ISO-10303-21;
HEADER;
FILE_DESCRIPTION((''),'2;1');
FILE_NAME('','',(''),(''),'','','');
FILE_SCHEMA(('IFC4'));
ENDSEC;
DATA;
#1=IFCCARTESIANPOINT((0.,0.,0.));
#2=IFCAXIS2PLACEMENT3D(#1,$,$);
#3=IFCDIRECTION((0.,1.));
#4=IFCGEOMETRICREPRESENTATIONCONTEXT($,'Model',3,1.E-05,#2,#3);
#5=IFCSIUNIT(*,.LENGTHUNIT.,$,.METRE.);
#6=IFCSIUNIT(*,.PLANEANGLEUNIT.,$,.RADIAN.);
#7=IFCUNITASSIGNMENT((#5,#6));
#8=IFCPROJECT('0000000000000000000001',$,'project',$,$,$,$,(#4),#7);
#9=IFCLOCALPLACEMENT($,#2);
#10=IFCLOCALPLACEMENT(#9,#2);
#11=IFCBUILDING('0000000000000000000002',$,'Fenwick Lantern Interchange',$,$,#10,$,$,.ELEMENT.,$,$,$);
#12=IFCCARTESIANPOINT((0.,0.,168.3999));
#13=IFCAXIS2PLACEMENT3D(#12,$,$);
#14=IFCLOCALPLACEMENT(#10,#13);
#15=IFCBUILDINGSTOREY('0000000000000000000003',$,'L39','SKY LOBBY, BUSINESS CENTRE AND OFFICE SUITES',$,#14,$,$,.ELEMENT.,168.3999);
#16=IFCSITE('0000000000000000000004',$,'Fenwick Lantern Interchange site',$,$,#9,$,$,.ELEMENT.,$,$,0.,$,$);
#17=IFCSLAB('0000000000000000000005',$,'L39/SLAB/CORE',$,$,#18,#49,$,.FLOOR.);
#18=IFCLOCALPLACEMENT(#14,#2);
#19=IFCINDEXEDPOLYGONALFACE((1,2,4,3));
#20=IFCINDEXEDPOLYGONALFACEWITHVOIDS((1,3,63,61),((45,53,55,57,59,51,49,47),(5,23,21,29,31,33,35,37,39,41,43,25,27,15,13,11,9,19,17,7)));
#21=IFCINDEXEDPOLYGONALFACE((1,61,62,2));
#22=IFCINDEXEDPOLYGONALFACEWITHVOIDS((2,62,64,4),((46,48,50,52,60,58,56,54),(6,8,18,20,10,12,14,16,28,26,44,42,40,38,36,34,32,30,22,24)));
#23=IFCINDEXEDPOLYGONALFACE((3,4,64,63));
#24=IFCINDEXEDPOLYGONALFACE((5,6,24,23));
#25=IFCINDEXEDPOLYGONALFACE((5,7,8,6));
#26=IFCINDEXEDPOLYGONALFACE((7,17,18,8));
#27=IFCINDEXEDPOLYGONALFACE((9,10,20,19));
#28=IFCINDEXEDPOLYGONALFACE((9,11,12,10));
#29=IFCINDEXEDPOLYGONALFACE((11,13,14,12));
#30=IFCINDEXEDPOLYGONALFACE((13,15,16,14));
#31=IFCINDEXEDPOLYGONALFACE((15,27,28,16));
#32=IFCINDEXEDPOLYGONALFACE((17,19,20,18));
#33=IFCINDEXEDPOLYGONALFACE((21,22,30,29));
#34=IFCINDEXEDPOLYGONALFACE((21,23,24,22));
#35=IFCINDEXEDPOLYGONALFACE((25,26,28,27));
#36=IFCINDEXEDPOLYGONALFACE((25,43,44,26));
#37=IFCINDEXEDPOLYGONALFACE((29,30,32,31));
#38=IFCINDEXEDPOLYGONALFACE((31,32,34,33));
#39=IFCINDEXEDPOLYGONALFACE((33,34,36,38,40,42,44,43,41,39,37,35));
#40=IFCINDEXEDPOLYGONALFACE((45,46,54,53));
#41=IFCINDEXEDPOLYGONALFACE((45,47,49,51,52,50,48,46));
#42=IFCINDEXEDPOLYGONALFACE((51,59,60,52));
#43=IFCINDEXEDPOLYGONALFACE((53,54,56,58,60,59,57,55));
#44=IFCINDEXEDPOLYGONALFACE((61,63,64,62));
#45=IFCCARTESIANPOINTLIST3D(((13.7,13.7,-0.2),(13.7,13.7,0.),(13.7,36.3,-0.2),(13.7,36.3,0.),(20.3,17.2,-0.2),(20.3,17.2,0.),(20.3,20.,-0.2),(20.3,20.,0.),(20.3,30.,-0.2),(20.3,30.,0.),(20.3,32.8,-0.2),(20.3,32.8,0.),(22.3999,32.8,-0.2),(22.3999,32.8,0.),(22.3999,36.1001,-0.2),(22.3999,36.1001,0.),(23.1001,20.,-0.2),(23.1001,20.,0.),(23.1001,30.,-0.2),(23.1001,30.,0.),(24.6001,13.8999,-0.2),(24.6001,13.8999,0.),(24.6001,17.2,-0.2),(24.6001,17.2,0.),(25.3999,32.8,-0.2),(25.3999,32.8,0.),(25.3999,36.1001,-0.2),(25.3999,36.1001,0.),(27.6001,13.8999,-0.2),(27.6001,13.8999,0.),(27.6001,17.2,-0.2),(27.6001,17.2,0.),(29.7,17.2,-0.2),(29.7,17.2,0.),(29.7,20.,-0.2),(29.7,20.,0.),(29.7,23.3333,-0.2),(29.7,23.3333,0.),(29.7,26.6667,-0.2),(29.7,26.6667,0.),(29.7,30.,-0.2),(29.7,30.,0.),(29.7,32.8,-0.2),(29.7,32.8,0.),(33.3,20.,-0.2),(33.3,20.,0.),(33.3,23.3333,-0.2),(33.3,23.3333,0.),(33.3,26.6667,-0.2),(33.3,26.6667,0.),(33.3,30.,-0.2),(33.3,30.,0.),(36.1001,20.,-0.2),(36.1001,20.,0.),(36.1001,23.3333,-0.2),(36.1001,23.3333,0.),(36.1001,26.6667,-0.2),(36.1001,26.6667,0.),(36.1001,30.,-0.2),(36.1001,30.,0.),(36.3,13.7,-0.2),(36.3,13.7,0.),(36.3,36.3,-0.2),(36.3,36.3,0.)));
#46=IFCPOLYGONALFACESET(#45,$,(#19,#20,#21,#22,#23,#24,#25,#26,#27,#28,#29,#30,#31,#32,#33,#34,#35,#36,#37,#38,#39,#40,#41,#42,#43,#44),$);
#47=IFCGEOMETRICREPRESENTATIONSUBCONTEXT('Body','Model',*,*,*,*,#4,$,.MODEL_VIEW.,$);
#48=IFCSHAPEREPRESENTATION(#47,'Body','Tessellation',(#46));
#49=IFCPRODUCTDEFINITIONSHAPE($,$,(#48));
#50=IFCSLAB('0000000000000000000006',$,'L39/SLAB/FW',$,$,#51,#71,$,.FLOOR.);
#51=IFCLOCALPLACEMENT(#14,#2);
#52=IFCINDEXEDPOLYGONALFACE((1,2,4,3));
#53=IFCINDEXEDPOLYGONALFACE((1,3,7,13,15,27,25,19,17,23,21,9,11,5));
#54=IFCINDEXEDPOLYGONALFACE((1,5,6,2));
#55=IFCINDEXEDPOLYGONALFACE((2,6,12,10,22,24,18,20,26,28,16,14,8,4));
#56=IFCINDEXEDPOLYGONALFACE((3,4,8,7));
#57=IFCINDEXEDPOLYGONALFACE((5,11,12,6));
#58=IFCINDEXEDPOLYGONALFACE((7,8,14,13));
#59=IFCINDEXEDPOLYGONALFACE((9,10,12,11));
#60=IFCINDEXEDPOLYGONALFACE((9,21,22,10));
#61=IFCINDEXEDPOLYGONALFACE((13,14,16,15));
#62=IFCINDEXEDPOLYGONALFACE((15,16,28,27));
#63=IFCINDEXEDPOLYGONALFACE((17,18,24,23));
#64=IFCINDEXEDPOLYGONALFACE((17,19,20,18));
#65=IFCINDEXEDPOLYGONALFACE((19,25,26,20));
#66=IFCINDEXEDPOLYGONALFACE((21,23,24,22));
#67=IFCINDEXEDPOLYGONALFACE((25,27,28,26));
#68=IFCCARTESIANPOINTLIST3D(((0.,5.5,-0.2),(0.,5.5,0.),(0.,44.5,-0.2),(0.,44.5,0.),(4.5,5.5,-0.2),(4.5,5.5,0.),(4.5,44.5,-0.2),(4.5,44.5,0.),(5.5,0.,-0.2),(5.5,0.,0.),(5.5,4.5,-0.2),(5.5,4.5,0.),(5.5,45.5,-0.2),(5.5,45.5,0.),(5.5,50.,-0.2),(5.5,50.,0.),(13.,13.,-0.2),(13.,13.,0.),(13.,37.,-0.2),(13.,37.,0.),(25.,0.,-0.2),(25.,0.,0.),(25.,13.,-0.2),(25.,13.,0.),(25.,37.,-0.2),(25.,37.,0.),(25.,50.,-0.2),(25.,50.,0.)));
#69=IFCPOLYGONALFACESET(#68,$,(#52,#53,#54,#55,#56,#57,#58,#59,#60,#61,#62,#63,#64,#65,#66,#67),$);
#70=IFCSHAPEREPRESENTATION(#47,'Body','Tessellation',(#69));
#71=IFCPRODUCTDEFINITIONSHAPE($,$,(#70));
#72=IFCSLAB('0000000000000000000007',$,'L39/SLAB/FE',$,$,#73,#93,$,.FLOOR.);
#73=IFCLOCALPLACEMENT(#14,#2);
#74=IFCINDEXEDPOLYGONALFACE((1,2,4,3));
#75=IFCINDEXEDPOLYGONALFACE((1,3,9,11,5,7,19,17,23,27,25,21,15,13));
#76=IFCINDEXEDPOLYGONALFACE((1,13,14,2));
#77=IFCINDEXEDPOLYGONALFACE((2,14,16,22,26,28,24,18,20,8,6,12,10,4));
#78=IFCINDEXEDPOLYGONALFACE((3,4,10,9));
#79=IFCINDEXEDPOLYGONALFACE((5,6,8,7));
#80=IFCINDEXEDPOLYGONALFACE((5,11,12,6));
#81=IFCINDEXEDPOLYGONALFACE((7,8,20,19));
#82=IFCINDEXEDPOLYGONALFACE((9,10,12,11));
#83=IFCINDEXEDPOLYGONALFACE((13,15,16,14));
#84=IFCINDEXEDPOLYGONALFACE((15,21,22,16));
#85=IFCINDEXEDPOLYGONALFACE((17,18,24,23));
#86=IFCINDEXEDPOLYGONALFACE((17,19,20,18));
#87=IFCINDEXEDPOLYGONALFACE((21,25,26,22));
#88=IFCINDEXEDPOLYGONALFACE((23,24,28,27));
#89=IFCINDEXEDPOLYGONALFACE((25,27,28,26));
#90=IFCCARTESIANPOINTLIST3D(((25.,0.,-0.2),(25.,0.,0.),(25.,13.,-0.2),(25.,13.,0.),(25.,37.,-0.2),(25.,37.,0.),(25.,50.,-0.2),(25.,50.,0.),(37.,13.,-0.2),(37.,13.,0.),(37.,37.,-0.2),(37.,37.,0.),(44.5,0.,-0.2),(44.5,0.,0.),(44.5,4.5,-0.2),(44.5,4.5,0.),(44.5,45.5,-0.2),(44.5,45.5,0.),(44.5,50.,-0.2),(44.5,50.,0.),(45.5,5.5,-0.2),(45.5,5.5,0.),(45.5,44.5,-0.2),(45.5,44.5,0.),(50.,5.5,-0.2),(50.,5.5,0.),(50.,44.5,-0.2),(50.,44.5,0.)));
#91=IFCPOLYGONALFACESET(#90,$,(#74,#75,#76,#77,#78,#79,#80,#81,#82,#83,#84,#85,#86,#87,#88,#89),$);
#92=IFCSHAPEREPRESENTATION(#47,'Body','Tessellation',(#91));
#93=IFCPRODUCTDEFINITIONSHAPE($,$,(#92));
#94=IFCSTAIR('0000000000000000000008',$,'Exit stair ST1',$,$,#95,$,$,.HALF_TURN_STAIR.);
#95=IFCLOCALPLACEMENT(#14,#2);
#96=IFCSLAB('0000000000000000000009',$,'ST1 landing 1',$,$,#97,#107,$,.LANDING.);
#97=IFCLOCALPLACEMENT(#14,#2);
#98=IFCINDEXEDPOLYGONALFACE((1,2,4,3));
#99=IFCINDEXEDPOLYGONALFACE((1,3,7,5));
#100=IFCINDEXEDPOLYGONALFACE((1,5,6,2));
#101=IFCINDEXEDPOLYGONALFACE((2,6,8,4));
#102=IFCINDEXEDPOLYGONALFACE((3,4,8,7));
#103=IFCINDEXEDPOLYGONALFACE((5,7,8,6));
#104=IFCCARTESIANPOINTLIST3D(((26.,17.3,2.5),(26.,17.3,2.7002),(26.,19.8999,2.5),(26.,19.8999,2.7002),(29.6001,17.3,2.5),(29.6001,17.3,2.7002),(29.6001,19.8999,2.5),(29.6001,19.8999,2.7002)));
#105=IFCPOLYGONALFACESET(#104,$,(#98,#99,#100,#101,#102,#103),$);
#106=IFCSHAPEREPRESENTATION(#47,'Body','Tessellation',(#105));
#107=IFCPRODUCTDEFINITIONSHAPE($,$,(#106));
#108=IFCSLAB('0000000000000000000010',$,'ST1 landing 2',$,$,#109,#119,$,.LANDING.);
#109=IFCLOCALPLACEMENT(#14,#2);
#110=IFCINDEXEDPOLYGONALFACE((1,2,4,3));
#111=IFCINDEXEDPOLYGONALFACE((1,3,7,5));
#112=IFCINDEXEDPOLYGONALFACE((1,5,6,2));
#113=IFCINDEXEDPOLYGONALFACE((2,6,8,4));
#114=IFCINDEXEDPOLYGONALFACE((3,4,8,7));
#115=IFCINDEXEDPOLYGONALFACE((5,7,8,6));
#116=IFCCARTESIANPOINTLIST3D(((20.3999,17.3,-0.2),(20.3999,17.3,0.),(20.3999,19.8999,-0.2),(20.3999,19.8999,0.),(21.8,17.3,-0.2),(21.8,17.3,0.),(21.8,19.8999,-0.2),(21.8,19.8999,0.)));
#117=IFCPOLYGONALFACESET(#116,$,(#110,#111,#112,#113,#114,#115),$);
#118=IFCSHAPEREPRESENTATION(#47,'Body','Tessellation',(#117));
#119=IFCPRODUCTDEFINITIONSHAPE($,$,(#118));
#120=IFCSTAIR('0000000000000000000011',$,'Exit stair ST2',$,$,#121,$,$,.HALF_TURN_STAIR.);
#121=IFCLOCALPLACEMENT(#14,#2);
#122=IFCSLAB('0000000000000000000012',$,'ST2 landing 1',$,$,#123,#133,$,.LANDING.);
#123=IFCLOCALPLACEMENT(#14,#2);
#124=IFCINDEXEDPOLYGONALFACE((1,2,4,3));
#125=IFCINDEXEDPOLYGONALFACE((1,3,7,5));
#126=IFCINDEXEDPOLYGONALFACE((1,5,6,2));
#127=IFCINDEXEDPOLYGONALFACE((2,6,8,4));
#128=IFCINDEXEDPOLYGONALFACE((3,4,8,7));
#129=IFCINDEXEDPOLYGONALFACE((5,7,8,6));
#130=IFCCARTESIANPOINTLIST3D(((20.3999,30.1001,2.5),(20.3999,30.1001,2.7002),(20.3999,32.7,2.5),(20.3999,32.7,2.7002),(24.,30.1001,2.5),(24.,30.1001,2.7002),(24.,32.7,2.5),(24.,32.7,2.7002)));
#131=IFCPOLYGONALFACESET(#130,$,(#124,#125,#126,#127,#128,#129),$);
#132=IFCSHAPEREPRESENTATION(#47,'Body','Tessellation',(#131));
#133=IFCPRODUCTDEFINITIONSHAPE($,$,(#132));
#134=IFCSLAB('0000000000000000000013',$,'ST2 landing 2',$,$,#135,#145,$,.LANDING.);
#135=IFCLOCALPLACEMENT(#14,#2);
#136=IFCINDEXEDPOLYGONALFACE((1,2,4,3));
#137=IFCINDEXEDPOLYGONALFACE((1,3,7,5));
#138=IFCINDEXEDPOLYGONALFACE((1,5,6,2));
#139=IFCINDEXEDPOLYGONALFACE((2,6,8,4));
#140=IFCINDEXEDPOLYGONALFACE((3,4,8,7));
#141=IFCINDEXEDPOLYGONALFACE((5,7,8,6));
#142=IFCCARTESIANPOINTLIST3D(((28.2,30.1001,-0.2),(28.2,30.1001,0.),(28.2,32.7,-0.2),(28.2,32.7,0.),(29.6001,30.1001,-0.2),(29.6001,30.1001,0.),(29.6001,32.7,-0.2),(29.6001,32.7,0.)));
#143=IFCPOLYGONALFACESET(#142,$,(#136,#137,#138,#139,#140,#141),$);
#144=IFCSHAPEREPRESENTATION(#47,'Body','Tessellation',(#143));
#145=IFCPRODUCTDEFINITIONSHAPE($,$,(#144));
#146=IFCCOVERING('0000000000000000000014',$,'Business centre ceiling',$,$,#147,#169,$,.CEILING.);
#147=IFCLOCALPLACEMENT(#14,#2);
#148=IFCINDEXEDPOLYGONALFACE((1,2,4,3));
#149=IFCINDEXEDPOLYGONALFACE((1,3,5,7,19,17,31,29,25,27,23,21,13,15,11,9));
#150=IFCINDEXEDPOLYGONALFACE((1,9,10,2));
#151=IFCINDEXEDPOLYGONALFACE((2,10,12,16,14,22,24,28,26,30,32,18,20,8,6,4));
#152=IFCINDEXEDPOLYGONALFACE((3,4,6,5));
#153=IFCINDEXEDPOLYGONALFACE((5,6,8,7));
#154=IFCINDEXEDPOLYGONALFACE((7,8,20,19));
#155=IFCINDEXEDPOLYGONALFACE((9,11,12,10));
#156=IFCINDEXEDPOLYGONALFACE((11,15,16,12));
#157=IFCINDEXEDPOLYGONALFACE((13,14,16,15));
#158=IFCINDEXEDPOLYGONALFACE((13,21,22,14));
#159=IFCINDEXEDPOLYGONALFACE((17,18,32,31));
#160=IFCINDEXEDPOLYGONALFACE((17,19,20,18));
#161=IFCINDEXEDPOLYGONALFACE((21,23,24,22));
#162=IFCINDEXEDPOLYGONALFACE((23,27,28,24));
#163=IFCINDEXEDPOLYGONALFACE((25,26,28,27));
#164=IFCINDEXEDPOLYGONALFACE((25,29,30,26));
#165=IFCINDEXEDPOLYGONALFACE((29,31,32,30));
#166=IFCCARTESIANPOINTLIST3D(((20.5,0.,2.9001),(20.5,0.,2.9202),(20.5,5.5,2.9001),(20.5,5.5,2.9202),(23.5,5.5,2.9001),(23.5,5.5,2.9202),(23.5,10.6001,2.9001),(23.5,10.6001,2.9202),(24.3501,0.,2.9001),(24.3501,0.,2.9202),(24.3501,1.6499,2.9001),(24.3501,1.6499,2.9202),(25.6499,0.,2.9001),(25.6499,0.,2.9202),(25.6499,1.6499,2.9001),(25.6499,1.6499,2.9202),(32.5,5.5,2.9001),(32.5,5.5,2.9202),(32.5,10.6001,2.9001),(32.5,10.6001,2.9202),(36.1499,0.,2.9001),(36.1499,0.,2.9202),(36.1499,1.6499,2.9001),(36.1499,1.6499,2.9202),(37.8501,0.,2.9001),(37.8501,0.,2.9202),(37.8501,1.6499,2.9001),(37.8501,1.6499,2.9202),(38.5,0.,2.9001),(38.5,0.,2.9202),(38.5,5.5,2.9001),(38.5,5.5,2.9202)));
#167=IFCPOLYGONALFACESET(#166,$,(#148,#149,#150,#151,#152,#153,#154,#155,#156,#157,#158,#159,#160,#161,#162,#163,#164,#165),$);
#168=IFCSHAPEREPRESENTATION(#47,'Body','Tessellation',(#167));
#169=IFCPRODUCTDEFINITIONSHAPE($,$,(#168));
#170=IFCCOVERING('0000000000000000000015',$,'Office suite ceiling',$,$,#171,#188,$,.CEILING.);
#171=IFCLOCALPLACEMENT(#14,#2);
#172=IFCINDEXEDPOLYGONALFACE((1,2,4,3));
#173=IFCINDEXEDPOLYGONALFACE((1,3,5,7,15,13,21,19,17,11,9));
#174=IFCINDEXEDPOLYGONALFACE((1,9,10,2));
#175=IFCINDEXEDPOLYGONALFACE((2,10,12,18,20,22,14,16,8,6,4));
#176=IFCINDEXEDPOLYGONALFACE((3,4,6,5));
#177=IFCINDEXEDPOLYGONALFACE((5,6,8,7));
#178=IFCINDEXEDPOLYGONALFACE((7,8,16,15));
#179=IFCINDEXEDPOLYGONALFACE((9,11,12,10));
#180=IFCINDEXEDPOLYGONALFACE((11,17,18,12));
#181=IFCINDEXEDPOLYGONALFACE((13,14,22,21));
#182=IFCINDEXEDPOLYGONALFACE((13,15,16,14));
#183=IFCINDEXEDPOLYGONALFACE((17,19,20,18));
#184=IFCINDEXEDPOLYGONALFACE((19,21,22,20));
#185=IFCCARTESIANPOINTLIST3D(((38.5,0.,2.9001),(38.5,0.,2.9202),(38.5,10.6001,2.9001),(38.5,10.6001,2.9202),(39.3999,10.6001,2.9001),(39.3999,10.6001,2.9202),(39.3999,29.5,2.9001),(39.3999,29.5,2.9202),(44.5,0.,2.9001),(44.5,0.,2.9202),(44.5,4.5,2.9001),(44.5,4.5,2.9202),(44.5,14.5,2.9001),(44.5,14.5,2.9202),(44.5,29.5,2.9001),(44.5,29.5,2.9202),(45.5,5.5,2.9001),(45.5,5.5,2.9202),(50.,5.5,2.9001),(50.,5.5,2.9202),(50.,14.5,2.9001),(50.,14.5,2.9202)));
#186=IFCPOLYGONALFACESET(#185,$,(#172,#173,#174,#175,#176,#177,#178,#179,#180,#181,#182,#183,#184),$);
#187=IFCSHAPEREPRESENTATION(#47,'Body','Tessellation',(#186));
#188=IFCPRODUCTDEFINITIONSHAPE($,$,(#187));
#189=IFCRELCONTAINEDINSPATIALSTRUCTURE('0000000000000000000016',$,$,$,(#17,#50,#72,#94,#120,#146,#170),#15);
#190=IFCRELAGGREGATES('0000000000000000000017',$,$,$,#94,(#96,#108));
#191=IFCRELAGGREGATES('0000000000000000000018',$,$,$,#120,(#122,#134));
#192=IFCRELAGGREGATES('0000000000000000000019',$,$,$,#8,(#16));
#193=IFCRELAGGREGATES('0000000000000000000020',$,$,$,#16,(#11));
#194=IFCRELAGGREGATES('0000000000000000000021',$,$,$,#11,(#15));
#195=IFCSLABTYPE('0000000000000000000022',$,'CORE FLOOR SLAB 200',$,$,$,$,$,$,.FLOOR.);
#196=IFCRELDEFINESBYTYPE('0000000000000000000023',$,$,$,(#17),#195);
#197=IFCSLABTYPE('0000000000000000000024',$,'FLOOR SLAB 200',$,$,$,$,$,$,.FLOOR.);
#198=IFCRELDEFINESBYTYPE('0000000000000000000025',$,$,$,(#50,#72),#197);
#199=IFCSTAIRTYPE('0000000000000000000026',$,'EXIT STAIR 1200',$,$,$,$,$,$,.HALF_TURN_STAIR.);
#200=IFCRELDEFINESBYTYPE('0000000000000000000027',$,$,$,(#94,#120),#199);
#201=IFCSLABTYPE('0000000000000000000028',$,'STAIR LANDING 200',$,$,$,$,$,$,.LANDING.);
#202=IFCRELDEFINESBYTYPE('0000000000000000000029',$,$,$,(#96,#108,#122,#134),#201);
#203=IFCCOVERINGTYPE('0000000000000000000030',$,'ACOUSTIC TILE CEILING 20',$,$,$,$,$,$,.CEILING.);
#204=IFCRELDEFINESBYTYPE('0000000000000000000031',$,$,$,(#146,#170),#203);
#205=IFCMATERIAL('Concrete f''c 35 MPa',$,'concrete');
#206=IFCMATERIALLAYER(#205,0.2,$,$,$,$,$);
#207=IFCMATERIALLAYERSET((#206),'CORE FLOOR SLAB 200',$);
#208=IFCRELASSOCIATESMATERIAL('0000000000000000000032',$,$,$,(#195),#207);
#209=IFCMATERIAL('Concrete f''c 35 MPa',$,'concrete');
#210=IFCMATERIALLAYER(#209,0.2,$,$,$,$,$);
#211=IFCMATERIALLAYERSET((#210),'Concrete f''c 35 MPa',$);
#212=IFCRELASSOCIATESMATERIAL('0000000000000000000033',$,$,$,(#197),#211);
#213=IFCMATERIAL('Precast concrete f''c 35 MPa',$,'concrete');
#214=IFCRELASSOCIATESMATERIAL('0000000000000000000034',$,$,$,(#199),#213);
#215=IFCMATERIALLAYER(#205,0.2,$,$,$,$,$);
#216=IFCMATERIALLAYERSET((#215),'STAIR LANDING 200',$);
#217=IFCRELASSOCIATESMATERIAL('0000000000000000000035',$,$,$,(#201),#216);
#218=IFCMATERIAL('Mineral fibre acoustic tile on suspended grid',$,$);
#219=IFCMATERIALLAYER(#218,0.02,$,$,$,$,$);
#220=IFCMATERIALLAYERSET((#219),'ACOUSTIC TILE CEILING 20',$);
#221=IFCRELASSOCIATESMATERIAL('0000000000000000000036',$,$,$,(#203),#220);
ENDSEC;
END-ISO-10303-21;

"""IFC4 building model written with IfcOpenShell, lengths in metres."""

from ifc_helpers import new_model, si_unit, direction, frame, origin, place, context, subcontext, project, spatial, polyline, outline, extrude, material, layer, layer_set, type_object, element, aggregate, save


model = new_model("IFC4")

# Units and contexts
model_context = context("Model", 3, precision=1e-05, world=origin(), true_north=direction((0.0, 1.0)))
body_context = subcontext(model_context, "Body", "Model", "MODEL_VIEW")
ifc_project = project(units=[si_unit("LENGTHUNIT", "METRE"), si_unit("PLANEANGLEUNIT", "RADIAN")], contexts=[model_context])

# Site, building, storey
site_placement = place(None, origin())
site = spatial("IfcSite", under=ifc_project, at=site_placement, Name="Fenwick Lantern Interchange site", CompositionType="ELEMENT", RefElevation=0.0)
building_placement = place(site_placement, origin())
building = spatial("IfcBuilding", under=site, at=building_placement, Name="Fenwick Lantern Interchange", CompositionType="ELEMENT")
storey_placement = place(building_placement, frame((0.0, 0.0, 168.3999)))
storey = spatial("IfcBuildingStorey", under=building, at=storey_placement, Name="L39", Description="SKY LOBBY, BUSINESS CENTRE AND OFFICE SUITES", CompositionType="ELEMENT", Elevation=168.3999)

# Slabs
ifc_material_1 = material(Name="Concrete f'c 35 MPa", Category="concrete")
ifc_layer_1 = layer(ifc_material_1, 0.2)
ifc_layer_set_1 = layer_set([ifc_layer_1], Name="CORE FLOOR SLAB 200")
slab_type_1 = type_object("IfcSlabType", Name="CORE FLOOR SLAB 200", PredefinedType="FLOOR", material=ifc_layer_set_1)
slab_1_placement = place(storey_placement, frame((0.0, 0.0, -0.2)))
element("IfcSlab", 1, at=slab_1_placement, inside=storey, type_object=slab_type_1, Name="L39/SLAB/CORE", PredefinedType="FLOOR", context=body_context, shape_type="SweptSolid", body=[
    extrude(outline(polyline([(13.7, 36.3), (36.3, 36.3), (36.3, 13.7), (13.7, 13.7), (13.7, 36.3)]), holes=[polyline([(24.6001, 13.8999), (27.6001, 13.8999), (27.6001, 17.2), (29.7, 17.2), (29.7, 20.0), (29.7, 23.3333), (29.7, 26.6667), (29.7, 30.0), (29.7, 32.8), (25.3999, 32.8), (25.3999, 36.1001), (22.3999, 36.1001), (22.3999, 32.8), (20.3, 32.8), (20.3, 30.0), (23.1001, 30.0), (23.1001, 20.0), (20.3, 20.0), (20.3, 17.2), (24.6001, 17.2), (24.6001, 13.8999)]), polyline([(33.3, 23.3333), (33.3, 20.0), (36.1001, 20.0), (36.1001, 23.3333), (36.1001, 26.6667), (36.1001, 30.0), (33.3, 30.0), (33.3, 26.6667), (33.3, 23.3333)])]), origin(), (0.0, 0.0, 1.0), 0.2),
])
ifc_material_2 = material(Name="Concrete f'c 35 MPa", Category="concrete")
ifc_layer_2 = layer(ifc_material_2, 0.2)
ifc_layer_set_2 = layer_set([ifc_layer_2], Name="Concrete f'c 35 MPa")
slab_type_2 = type_object("IfcSlabType", Name="FLOOR SLAB 200", PredefinedType="FLOOR", material=ifc_layer_set_2)
slab_2_placement = place(storey_placement, frame((0.0, 0.0, -0.2)))
element("IfcSlab", 2, at=slab_2_placement, inside=storey, type_object=slab_type_2, Name="L39/SLAB/FW", PredefinedType="FLOOR", context=body_context, shape_type="SweptSolid", body=[
    extrude(outline(polyline([(5.5, 0.0), (5.5, 4.5), (4.5, 5.5), (0.0, 5.5), (0.0, 44.5), (4.5, 44.5), (5.5, 45.5), (5.5, 50.0), (25.0, 50.0), (25.0, 37.0), (13.0, 37.0), (13.0, 13.0), (25.0, 13.0), (25.0, 0.0), (5.5, 0.0)])), origin(), (0.0, 0.0, 1.0), 0.2),
])
slab_3_placement = place(storey_placement, frame((0.0, 0.0, -0.2)))
element("IfcSlab", 3, at=slab_3_placement, inside=storey, type_object=slab_type_2, Name="L39/SLAB/FE", PredefinedType="FLOOR", context=body_context, shape_type="SweptSolid", body=[
    extrude(outline(polyline([(44.5, 50.0), (44.5, 45.5), (45.5, 44.5), (50.0, 44.5), (50.0, 5.5), (45.5, 5.5), (44.5, 4.5), (44.5, 0.0), (25.0, 0.0), (25.0, 13.0), (37.0, 13.0), (37.0, 37.0), (25.0, 37.0), (25.0, 50.0), (44.5, 50.0)])), origin(), (0.0, 0.0, 1.0), 0.2),
])

# Stairs, slabs
ifc_material_3 = material(Name="Precast concrete f'c 35 MPa", Category="concrete")
stair_type = type_object("IfcStairType", Name="EXIT STAIR 1200", PredefinedType="HALF_TURN_STAIR", material=ifc_material_3)
stair_1_placement = place(storey_placement, origin())
stair_1 = element("IfcStair", 4, at=stair_1_placement, inside=storey, type_object=stair_type, Name="Exit stair ST1", PredefinedType="HALF_TURN_STAIR")
ifc_layer_3 = layer(ifc_material_1, 0.2)
ifc_layer_set_3 = layer_set([ifc_layer_3], Name="STAIR LANDING 200")
slab_type_3 = type_object("IfcSlabType", Name="STAIR LANDING 200", PredefinedType="LANDING", material=ifc_layer_set_3)
slab_4_placement = place(storey_placement, frame((0.0, 0.0, 2.5)))
slab_4 = element("IfcSlab", 5, at=slab_4_placement, type_object=slab_type_3, Name="ST1 landing 1", PredefinedType="LANDING", context=body_context, shape_type="SweptSolid", body=[
    extrude(outline(polyline([(26.0, 17.3), (29.6001, 17.3), (29.6001, 19.8999), (26.0, 19.8999), (26.0, 17.3)])), origin(), (0.0, 0.0, 1.0), 0.2002),
])
slab_5_placement = place(storey_placement, frame((0.0, 0.0, -0.2)))
slab_5 = element("IfcSlab", 6, at=slab_5_placement, type_object=slab_type_3, Name="ST1 landing 2", PredefinedType="LANDING", context=body_context, shape_type="SweptSolid", body=[
    extrude(outline(polyline([(20.3999, 17.3), (21.8, 17.3), (21.8, 19.8999), (20.3999, 19.8999), (20.3999, 17.3)])), origin(), (0.0, 0.0, 1.0), 0.2),
])
aggregate(stair_1, [slab_4, slab_5])
stair_2_placement = place(storey_placement, origin())
stair_2 = element("IfcStair", 7, at=stair_2_placement, inside=storey, type_object=stair_type, Name="Exit stair ST2", PredefinedType="HALF_TURN_STAIR")
slab_6_placement = place(storey_placement, frame((0.0, 0.0, 2.5)))
slab_6 = element("IfcSlab", 8, at=slab_6_placement, type_object=slab_type_3, Name="ST2 landing 1", PredefinedType="LANDING", context=body_context, shape_type="SweptSolid", body=[
    extrude(outline(polyline([(24.0, 32.7), (20.3999, 32.7), (20.3999, 30.1001), (24.0, 30.1001), (24.0, 32.7)])), origin(), (0.0, 0.0, 1.0), 0.2002),
])
slab_7_placement = place(storey_placement, frame((0.0, 0.0, -0.2)))
slab_7 = element("IfcSlab", 9, at=slab_7_placement, type_object=slab_type_3, Name="ST2 landing 2", PredefinedType="LANDING", context=body_context, shape_type="SweptSolid", body=[
    extrude(outline(polyline([(29.6001, 32.7), (28.2, 32.7), (28.2, 30.1001), (29.6001, 30.1001), (29.6001, 32.7)])), origin(), (0.0, 0.0, 1.0), 0.2),
])
aggregate(stair_2, [slab_6, slab_7])

# Coverings
ifc_material_4 = material(Name="Mineral fibre acoustic tile on suspended grid")
ifc_layer_4 = layer(ifc_material_4, 0.02)
ifc_layer_set_4 = layer_set([ifc_layer_4], Name="ACOUSTIC TILE CEILING 20")
covering_type_1 = type_object("IfcCoveringType", Name="ACOUSTIC TILE CEILING 20", PredefinedType="CEILING", material=ifc_layer_set_4)
covering_1_placement = place(storey_placement, frame((0.0, 0.0, 2.9001)))
element("IfcCovering", 10, at=covering_1_placement, inside=storey, type_object=covering_type_1, Name="Business centre ceiling", PredefinedType="CEILING", context=body_context, shape_type="SweptSolid", body=[
    extrude(outline(polyline([(23.5, 10.6001), (23.5, 5.5), (20.5, 5.5), (20.5, 0.0), (24.3501, 0.0), (24.3501, 1.6499), (25.6499, 1.6499), (25.6499, 0.0), (36.1499, 0.0), (36.1499, 1.6499), (37.8501, 1.6499), (37.8501, 0.0), (38.5, 0.0), (38.5, 5.5), (32.5, 5.5), (32.5, 10.6001), (23.5, 10.6001)])), origin(), (0.0, 0.0, 1.0), 0.02),
])
covering_2_placement = place(storey_placement, frame((0.0, 0.0, 2.9001)))
element("IfcCovering", 11, at=covering_2_placement, inside=storey, type_object=covering_type_1, Name="Office suite ceiling", PredefinedType="CEILING", context=body_context, shape_type="SweptSolid", body=[
    extrude(outline(polyline([(44.5, 0.0), (44.5, 4.5), (45.5, 5.5), (50.0, 5.5), (50.0, 14.5), (44.5, 14.5), (44.5, 29.5), (39.3999, 29.5), (39.3999, 10.6001), (38.5, 10.6001), (38.5, 0.0), (44.5, 0.0)])), origin(), (0.0, 0.0, 1.0), 0.02),
])

save(model, "model.ifc")
